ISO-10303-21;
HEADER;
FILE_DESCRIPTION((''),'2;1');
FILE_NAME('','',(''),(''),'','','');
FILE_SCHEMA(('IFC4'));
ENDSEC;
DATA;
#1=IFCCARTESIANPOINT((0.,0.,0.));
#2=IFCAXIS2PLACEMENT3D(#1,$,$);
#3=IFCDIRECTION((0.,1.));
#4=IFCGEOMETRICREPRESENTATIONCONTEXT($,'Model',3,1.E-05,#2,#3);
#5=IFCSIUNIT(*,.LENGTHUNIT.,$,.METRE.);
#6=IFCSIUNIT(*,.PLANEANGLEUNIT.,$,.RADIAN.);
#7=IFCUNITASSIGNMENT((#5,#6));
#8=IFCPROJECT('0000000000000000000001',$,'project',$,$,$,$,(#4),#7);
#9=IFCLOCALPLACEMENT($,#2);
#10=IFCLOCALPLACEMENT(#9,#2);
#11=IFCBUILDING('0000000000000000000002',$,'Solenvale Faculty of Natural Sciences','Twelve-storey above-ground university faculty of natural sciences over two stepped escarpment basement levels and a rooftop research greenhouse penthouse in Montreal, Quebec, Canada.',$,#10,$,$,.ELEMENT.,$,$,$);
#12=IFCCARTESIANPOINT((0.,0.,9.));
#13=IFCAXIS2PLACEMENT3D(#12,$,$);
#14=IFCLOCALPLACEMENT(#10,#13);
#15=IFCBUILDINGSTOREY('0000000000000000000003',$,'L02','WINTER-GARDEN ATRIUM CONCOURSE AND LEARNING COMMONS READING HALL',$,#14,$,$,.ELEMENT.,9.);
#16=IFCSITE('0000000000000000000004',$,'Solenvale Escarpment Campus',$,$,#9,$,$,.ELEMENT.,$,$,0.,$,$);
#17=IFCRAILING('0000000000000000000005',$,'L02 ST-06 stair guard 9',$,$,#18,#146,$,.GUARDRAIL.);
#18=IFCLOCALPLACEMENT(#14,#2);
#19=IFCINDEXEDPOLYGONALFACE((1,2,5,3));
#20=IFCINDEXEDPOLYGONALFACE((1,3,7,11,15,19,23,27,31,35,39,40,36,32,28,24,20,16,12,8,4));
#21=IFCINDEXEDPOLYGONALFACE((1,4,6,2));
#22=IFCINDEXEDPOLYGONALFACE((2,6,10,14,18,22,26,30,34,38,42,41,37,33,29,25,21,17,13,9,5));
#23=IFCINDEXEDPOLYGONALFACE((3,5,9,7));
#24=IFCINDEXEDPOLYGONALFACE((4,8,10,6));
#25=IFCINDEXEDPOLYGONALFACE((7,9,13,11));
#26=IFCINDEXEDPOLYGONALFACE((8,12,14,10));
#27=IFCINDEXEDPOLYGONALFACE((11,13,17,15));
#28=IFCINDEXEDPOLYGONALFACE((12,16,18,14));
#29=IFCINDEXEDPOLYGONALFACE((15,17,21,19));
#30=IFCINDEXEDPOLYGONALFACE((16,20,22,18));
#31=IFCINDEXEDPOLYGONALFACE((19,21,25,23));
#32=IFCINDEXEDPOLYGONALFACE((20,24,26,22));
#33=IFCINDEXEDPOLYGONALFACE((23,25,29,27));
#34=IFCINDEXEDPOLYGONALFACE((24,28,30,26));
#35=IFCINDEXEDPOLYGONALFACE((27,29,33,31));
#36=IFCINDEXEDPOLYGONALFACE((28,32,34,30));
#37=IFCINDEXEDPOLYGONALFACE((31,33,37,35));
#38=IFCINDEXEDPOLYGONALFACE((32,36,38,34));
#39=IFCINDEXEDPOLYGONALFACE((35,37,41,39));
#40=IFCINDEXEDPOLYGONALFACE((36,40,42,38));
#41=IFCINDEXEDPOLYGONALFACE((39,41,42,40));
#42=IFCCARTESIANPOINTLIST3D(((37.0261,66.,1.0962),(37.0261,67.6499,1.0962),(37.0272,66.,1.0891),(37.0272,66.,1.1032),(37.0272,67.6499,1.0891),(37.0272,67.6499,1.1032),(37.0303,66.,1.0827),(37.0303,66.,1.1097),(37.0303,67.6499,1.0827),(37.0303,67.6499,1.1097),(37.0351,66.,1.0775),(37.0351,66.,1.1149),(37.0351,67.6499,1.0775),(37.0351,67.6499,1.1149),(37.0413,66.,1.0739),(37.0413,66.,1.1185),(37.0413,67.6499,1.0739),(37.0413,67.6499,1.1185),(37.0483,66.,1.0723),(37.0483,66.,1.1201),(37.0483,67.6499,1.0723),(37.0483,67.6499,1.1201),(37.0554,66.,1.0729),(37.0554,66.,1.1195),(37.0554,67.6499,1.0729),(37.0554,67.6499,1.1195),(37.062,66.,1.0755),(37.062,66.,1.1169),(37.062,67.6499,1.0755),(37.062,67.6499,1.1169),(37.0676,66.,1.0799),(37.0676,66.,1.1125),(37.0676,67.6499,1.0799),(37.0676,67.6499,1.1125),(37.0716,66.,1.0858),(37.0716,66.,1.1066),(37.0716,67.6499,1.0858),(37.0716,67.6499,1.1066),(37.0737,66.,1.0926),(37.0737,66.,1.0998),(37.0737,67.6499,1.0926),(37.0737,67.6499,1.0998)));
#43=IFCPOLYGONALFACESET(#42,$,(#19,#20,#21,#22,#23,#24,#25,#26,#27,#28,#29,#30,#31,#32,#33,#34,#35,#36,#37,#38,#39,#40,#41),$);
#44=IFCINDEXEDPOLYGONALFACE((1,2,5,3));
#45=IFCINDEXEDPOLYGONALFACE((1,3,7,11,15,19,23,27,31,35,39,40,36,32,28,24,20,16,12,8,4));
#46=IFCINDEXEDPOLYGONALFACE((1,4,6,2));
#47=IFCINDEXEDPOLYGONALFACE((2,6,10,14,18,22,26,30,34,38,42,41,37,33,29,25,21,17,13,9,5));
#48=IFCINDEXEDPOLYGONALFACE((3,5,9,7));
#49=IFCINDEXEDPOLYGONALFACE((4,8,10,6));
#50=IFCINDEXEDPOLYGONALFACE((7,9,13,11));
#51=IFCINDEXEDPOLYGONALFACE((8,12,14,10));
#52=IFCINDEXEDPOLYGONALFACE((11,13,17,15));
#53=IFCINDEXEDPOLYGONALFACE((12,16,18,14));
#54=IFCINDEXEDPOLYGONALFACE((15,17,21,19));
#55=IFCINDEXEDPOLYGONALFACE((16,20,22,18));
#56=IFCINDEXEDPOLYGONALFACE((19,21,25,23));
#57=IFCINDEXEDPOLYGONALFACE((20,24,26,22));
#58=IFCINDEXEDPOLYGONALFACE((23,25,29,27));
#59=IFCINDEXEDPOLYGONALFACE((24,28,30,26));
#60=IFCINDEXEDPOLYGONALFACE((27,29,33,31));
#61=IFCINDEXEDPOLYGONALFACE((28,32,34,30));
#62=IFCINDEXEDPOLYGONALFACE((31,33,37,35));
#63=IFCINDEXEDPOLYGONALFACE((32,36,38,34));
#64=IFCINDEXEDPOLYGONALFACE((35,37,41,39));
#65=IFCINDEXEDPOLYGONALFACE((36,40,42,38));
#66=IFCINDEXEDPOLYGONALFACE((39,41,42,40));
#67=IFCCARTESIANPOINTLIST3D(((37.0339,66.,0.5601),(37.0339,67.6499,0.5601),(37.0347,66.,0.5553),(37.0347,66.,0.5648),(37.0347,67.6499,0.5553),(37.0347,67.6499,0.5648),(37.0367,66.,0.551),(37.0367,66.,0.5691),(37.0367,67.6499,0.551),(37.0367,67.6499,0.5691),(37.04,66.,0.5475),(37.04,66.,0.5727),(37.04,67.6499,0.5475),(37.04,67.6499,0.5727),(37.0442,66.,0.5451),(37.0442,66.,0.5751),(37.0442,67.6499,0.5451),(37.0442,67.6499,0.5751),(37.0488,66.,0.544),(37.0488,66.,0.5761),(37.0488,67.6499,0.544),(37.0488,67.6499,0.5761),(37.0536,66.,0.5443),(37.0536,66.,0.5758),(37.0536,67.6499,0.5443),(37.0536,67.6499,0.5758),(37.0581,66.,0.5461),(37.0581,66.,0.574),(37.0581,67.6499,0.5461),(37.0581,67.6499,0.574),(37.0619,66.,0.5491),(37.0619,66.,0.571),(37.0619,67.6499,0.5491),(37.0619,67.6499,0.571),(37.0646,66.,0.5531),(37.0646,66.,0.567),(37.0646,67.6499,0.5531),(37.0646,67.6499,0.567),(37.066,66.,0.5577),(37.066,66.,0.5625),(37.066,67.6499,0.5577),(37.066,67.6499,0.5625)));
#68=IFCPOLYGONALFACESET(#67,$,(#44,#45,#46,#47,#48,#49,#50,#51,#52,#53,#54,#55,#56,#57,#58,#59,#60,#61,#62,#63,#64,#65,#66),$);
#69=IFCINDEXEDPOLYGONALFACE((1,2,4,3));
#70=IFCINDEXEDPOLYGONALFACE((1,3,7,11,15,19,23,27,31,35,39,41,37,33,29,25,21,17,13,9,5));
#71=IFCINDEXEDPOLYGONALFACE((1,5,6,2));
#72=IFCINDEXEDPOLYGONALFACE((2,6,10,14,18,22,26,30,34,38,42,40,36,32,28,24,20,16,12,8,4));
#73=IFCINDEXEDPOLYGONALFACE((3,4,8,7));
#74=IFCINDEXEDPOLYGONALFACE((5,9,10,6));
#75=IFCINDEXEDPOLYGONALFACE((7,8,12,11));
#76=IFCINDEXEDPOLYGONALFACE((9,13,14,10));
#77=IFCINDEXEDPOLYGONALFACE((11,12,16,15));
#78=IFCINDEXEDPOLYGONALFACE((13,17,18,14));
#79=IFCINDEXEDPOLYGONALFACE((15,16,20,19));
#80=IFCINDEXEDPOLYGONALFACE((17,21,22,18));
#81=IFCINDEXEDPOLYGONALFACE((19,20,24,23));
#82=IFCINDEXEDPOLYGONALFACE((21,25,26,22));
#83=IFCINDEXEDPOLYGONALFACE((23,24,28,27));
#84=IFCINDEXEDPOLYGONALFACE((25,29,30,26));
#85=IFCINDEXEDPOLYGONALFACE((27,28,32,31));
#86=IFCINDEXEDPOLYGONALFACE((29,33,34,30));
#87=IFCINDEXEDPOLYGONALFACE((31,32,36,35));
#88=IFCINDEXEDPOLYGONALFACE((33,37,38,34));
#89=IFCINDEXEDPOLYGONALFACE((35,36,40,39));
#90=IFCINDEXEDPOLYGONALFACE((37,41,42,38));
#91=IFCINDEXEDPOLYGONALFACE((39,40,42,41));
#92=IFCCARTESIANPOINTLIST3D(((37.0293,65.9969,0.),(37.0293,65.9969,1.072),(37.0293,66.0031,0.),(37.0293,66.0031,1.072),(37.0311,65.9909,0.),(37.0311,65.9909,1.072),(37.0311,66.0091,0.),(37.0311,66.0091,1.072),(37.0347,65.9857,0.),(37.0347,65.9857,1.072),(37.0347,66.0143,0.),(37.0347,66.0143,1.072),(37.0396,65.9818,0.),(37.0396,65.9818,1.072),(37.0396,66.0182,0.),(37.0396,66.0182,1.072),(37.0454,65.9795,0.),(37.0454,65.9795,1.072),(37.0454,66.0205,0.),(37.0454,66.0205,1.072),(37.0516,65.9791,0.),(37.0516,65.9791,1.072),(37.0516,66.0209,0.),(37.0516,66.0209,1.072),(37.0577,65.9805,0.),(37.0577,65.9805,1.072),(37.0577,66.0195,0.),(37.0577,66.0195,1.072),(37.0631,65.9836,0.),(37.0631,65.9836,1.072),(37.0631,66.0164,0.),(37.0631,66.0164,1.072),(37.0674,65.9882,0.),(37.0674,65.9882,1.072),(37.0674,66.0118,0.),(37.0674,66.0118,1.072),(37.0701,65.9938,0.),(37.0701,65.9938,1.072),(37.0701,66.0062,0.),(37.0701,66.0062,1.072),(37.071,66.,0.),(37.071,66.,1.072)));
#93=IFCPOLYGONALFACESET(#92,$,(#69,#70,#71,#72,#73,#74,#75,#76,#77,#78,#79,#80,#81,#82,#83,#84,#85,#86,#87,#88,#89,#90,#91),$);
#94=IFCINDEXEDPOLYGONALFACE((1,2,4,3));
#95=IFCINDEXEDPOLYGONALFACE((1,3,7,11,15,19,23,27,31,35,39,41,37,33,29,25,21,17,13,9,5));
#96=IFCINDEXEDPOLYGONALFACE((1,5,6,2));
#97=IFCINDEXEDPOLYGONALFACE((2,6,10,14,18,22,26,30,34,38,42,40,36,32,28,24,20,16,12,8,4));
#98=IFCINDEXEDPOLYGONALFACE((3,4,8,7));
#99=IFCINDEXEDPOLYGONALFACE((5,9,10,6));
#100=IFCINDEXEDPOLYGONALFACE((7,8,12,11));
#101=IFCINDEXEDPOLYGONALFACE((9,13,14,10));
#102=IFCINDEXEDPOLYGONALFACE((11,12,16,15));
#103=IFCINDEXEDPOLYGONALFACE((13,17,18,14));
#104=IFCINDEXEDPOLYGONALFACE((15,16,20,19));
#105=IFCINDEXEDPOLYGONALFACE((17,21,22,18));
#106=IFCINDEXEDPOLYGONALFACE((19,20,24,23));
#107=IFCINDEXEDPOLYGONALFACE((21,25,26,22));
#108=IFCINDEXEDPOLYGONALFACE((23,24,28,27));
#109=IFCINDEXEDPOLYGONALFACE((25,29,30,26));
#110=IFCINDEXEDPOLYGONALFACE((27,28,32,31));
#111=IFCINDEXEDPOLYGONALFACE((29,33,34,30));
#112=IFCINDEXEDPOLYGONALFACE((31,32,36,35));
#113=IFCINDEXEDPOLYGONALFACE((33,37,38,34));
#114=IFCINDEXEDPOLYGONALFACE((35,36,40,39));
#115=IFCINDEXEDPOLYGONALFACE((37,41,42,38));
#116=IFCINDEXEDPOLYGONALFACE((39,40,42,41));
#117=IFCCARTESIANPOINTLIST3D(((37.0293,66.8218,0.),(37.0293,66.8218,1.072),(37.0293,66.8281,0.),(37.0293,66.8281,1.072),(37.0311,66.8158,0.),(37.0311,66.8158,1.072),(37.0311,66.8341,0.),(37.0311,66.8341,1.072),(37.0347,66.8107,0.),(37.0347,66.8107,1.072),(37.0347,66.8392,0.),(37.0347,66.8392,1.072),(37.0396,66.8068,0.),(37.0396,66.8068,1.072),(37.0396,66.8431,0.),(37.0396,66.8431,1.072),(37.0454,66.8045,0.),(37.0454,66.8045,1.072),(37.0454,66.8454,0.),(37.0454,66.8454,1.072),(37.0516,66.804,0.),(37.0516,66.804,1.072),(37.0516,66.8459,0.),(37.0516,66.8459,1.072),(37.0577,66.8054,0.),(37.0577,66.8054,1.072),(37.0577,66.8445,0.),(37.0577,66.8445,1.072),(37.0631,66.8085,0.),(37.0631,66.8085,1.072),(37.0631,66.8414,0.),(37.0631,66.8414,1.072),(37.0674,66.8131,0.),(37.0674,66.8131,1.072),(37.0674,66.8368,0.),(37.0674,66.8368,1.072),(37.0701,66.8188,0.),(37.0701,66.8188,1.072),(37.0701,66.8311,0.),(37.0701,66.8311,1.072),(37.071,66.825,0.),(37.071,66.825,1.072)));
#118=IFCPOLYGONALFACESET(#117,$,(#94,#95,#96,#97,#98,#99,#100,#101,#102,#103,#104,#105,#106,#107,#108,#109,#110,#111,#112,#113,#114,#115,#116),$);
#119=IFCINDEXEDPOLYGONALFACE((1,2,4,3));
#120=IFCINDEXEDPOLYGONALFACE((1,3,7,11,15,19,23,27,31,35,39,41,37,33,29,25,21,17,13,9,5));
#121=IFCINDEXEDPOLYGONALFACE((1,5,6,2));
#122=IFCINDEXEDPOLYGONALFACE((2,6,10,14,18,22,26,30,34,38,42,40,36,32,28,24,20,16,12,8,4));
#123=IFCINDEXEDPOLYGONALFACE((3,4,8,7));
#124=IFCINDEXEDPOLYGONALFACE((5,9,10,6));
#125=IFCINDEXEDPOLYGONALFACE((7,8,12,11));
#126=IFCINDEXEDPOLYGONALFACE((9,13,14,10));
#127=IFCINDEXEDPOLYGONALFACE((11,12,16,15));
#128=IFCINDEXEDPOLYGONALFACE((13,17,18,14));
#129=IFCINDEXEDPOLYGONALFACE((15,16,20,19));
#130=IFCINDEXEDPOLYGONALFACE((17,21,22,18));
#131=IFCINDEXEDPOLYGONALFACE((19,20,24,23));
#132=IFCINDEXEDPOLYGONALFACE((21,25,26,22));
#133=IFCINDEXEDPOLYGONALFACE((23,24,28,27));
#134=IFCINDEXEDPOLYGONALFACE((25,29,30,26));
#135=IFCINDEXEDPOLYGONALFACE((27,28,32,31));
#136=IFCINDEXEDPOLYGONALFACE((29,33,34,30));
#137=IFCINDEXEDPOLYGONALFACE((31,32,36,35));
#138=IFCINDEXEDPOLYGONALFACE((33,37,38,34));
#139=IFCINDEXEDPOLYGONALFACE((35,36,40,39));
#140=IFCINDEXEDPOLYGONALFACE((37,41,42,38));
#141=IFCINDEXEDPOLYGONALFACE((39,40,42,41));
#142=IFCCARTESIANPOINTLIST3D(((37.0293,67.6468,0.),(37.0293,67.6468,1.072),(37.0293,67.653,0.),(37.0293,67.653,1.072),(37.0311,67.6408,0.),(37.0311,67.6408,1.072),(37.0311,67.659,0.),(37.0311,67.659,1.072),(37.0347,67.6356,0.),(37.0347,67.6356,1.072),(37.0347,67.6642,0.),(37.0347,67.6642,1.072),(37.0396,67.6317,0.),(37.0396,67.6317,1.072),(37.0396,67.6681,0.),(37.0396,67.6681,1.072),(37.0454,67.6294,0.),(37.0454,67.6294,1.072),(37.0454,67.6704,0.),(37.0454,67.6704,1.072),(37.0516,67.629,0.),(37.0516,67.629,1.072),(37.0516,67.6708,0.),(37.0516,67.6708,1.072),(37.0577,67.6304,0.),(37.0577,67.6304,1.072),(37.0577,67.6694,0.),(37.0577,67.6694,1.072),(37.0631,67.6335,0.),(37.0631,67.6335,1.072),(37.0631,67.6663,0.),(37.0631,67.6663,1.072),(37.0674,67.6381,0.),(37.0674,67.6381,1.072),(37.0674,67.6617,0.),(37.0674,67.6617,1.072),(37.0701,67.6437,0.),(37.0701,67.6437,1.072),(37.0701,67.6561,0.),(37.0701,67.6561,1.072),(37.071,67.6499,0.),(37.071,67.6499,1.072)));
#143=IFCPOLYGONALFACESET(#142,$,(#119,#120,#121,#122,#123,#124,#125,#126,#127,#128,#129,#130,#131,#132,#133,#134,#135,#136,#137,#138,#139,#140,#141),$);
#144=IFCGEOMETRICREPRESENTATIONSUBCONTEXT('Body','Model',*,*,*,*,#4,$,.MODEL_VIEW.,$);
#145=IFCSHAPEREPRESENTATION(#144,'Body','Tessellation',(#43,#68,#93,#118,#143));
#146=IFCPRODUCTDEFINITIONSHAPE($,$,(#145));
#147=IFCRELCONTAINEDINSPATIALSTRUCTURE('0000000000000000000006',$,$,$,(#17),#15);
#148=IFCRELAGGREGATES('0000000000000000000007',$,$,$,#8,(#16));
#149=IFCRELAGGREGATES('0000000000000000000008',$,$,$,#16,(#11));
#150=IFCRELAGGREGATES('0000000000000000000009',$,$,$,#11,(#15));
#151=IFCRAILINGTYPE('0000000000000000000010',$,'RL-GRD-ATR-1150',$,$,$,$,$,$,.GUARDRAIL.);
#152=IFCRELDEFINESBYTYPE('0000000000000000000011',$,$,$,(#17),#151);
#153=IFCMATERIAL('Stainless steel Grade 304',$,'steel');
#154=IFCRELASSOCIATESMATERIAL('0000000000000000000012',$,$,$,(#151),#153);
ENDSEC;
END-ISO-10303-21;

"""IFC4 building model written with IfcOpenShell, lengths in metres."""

from ifc_helpers import new_model, si_unit, direction, frame, origin, origin_2d, place, context, subcontext, project, spatial, circle, extrude, material, type_object, element, save


model = new_model("IFC4")

# Units and contexts
model_context = context("Model", 3, precision=1e-05, world=origin(), true_north=direction((0.0, 1.0)))
body_context = subcontext(model_context, "Body", "Model", "MODEL_VIEW")
ifc_project = project(units=[si_unit("LENGTHUNIT", "METRE"), si_unit("PLANEANGLEUNIT", "RADIAN")], contexts=[model_context])

# Site, building, storey
site_placement = place(None, origin())
site = spatial("IfcSite", under=ifc_project, at=site_placement, Name="Solenvale Escarpment Campus", CompositionType="ELEMENT", RefElevation=0.0)
building_placement = place(site_placement, origin())
building = spatial("IfcBuilding", under=site, at=building_placement, Name="Solenvale Faculty of Natural Sciences", Description="Twelve-storey above-ground university faculty of natural sciences over two stepped escarpment basement levels and a rooftop research greenhouse penthouse in Montreal, Quebec, Canada.", CompositionType="ELEMENT")
storey_placement = place(building_placement, frame((0.0, 0.0, 9.0)))
storey = spatial("IfcBuildingStorey", under=building, at=storey_placement, Name="L02", Description="WINTER-GARDEN ATRIUM CONCOURSE AND LEARNING COMMONS READING HALL", CompositionType="ELEMENT", Elevation=9.0)

# Railing
ifc_material_1 = material(Name="Stainless steel Grade 304", Category="steel")
railing_type_1 = type_object("IfcRailingType", Name="RL-GRD-ATR-1150", PredefinedType="GUARDRAIL", material=ifc_material_1)
for number, where, name in (
    (1, (37.05, 66.0, 0.0), "L02 ST-06 stair guard 9"),
):
    element("IfcRailing", number, at=place(storey_placement, frame(where)), inside=storey, type_object=railing_type_1, Name=name, PredefinedType="GUARDRAIL", context=body_context, shape_type="SweptSolid", body=[
        extrude(circle(Radius=0.0239, at=origin_2d()), frame((0.0, 0.0, 1.0962), z_axis=(0.0, 1.0, 0.0), x_axis=(-1.0, 0.0, 0.0)), (0.0, 0.0, 1.0), 1.6499),
        extrude(circle(Radius=0.0161, at=origin_2d()), frame((0.0, 0.0, 0.5601), z_axis=(0.0, 1.0, 0.0), x_axis=(-1.0, 0.0, 0.0)), (0.0, 0.0, 1.0), 1.6499),
        extrude(circle(Radius=0.021, at=origin_2d()), origin(), (0.0, 0.0, 1.0), 1.072),
        extrude(circle(Radius=0.021, at=origin_2d()), frame((0.0, 0.825, 0.0)), (0.0, 0.0, 1.0), 1.072),
        extrude(circle(Radius=0.021, at=origin_2d()), frame((0.0, 1.6499, 0.0)), (0.0, 0.0, 1.0), 1.072),
    ])

save(model, "model.ifc")
